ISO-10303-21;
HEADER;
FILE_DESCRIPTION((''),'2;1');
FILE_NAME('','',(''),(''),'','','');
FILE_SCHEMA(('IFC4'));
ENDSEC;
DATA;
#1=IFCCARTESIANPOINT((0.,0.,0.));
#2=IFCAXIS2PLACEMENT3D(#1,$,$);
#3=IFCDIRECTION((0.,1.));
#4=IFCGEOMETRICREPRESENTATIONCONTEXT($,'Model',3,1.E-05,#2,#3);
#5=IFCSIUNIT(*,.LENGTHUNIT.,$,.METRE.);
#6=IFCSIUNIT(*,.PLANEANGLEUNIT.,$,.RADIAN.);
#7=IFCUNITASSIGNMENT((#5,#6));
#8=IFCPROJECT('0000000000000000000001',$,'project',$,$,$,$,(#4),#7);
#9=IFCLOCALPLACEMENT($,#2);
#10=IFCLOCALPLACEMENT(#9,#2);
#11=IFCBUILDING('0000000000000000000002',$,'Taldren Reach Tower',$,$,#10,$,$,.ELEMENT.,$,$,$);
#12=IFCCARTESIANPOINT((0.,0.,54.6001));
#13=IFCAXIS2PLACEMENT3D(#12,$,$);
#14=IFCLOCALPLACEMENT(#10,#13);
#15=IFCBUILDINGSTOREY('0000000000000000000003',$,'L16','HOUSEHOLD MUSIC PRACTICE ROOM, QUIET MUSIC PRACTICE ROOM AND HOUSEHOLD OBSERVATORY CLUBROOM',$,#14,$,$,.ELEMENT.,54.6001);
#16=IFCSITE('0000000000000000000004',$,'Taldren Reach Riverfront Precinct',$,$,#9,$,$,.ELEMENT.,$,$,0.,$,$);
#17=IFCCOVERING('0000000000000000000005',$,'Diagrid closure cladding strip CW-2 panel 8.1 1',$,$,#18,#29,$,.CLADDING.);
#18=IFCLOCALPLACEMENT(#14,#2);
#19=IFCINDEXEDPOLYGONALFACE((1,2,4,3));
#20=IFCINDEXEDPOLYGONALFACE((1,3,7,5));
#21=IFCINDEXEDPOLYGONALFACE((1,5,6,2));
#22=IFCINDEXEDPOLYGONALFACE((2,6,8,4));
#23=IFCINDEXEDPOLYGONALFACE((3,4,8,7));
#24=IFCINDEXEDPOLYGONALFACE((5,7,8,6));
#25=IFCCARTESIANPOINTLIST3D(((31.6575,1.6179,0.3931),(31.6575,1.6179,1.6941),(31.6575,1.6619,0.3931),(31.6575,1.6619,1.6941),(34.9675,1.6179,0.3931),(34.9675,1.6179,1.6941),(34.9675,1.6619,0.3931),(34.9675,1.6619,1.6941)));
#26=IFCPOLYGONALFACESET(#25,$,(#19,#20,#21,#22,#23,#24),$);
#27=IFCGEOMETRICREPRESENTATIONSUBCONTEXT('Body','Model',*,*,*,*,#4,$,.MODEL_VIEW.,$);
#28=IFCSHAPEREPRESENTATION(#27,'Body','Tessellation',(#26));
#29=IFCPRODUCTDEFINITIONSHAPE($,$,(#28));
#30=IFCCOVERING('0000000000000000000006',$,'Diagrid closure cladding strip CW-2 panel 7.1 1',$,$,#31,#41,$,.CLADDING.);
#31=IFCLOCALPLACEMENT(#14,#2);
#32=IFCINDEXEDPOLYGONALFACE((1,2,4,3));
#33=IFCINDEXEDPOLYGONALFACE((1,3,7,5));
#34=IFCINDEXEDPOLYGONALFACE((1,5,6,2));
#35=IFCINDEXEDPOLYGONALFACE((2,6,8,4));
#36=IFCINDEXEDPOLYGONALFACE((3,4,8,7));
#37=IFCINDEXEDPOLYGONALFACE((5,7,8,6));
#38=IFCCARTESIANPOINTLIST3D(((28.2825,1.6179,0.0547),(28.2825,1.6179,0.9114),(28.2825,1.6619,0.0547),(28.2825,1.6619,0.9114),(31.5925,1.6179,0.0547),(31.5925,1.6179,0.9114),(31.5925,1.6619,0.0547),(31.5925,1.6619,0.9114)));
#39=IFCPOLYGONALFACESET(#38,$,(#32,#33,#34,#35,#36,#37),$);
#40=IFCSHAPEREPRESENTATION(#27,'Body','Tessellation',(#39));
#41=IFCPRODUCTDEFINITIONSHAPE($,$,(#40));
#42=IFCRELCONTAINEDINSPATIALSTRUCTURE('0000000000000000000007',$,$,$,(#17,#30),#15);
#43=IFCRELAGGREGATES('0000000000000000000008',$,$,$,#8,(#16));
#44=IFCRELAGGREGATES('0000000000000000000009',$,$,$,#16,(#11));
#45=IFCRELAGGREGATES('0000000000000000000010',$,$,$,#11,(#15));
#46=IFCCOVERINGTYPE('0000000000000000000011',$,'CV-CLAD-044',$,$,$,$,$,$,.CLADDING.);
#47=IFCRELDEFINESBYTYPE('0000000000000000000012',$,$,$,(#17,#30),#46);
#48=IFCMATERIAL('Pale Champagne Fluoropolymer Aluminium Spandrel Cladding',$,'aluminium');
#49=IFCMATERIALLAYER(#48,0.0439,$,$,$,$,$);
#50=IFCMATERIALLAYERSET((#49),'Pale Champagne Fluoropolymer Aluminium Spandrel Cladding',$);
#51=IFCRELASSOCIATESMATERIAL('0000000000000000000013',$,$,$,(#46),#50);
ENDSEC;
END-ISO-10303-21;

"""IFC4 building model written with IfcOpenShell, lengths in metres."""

from ifc_helpers import new_model, si_unit, direction, frame, origin, origin_2d, place, context, subcontext, project, spatial, rectangle, extrude, source, transform, mapped, material, layer, layer_set, type_object, element, save


model = new_model("IFC4")

# Units and contexts
model_context = context("Model", 3, precision=1e-05, world=origin(), true_north=direction((0.0, 1.0)))
body_context = subcontext(model_context, "Body", "Model", "MODEL_VIEW")
ifc_project = project(units=[si_unit("LENGTHUNIT", "METRE"), si_unit("PLANEANGLEUNIT", "RADIAN")], contexts=[model_context])

# Site, building, storey
site_placement = place(None, origin())
site = spatial("IfcSite", under=ifc_project, at=site_placement, Name="Taldren Reach Riverfront Precinct", CompositionType="ELEMENT", RefElevation=0.0)
building_placement = place(site_placement, origin())
building = spatial("IfcBuilding", under=site, at=building_placement, Name="Taldren Reach Tower", CompositionType="ELEMENT")
storey_placement = place(building_placement, frame((0.0, 0.0, 54.6001)))
storey = spatial("IfcBuildingStorey", under=building, at=storey_placement, Name="L16", Description="HOUSEHOLD MUSIC PRACTICE ROOM, QUIET MUSIC PRACTICE ROOM AND HOUSEHOLD OBSERVATORY CLUBROOM", CompositionType="ELEMENT", Elevation=54.6001)

# Coverings
ifc_material_1 = material(Name="Pale Champagne Fluoropolymer Aluminium Spandrel Cladding", Category="aluminium")
ifc_layer_1 = layer(ifc_material_1, 0.0439)
ifc_layer_set_1 = layer_set([ifc_layer_1], Name="Pale Champagne Fluoropolymer Aluminium Spandrel Cladding")
covering_type = type_object("IfcCoveringType", Name="CV-CLAD-044", PredefinedType="CLADDING", material=ifc_layer_set_1)
shared_shape_1 = source(origin(), body_context, "Body", "SweptSolid", [
    extrude(rectangle(XDim=3.3101, YDim=0.0439, at=origin_2d()), origin(), (0.0, 0.0, 1.0), 1.301),
])
covering_1_placement = place(storey_placement, frame((33.3125, 1.6399, 0.3931), z_axis=(0.0, 0.0, 1.0), x_axis=(1.0, 0.0, 0.0)))
element("IfcCovering", 1, at=covering_1_placement, inside=storey, type_object=covering_type, Name="Diagrid closure cladding strip CW-2 panel 8.1 1", PredefinedType="CLADDING", context=body_context, shape_type="MappedRepresentation", body=[
    mapped(shared_shape_1, transform((0.0, 0.0, 0.0), scale=1.0)),
])
shared_shape_2 = source(origin(), body_context, "Body", "SweptSolid", [
    extrude(rectangle(XDim=3.3101, YDim=0.0439, at=origin_2d()), origin(), (0.0, 0.0, 1.0), 0.8567),
])
covering_2_placement = place(storey_placement, frame((29.9375, 1.6399, 0.0547), z_axis=(0.0, 0.0, 1.0), x_axis=(1.0, 0.0, 0.0)))
element("IfcCovering", 2, at=covering_2_placement, inside=storey, type_object=covering_type, Name="Diagrid closure cladding strip CW-2 panel 7.1 1", PredefinedType="CLADDING", context=body_context, shape_type="MappedRepresentation", body=[
    mapped(shared_shape_2, transform((0.0, 0.0, 0.0), scale=1.0)),
])

save(model, "model.ifc")
